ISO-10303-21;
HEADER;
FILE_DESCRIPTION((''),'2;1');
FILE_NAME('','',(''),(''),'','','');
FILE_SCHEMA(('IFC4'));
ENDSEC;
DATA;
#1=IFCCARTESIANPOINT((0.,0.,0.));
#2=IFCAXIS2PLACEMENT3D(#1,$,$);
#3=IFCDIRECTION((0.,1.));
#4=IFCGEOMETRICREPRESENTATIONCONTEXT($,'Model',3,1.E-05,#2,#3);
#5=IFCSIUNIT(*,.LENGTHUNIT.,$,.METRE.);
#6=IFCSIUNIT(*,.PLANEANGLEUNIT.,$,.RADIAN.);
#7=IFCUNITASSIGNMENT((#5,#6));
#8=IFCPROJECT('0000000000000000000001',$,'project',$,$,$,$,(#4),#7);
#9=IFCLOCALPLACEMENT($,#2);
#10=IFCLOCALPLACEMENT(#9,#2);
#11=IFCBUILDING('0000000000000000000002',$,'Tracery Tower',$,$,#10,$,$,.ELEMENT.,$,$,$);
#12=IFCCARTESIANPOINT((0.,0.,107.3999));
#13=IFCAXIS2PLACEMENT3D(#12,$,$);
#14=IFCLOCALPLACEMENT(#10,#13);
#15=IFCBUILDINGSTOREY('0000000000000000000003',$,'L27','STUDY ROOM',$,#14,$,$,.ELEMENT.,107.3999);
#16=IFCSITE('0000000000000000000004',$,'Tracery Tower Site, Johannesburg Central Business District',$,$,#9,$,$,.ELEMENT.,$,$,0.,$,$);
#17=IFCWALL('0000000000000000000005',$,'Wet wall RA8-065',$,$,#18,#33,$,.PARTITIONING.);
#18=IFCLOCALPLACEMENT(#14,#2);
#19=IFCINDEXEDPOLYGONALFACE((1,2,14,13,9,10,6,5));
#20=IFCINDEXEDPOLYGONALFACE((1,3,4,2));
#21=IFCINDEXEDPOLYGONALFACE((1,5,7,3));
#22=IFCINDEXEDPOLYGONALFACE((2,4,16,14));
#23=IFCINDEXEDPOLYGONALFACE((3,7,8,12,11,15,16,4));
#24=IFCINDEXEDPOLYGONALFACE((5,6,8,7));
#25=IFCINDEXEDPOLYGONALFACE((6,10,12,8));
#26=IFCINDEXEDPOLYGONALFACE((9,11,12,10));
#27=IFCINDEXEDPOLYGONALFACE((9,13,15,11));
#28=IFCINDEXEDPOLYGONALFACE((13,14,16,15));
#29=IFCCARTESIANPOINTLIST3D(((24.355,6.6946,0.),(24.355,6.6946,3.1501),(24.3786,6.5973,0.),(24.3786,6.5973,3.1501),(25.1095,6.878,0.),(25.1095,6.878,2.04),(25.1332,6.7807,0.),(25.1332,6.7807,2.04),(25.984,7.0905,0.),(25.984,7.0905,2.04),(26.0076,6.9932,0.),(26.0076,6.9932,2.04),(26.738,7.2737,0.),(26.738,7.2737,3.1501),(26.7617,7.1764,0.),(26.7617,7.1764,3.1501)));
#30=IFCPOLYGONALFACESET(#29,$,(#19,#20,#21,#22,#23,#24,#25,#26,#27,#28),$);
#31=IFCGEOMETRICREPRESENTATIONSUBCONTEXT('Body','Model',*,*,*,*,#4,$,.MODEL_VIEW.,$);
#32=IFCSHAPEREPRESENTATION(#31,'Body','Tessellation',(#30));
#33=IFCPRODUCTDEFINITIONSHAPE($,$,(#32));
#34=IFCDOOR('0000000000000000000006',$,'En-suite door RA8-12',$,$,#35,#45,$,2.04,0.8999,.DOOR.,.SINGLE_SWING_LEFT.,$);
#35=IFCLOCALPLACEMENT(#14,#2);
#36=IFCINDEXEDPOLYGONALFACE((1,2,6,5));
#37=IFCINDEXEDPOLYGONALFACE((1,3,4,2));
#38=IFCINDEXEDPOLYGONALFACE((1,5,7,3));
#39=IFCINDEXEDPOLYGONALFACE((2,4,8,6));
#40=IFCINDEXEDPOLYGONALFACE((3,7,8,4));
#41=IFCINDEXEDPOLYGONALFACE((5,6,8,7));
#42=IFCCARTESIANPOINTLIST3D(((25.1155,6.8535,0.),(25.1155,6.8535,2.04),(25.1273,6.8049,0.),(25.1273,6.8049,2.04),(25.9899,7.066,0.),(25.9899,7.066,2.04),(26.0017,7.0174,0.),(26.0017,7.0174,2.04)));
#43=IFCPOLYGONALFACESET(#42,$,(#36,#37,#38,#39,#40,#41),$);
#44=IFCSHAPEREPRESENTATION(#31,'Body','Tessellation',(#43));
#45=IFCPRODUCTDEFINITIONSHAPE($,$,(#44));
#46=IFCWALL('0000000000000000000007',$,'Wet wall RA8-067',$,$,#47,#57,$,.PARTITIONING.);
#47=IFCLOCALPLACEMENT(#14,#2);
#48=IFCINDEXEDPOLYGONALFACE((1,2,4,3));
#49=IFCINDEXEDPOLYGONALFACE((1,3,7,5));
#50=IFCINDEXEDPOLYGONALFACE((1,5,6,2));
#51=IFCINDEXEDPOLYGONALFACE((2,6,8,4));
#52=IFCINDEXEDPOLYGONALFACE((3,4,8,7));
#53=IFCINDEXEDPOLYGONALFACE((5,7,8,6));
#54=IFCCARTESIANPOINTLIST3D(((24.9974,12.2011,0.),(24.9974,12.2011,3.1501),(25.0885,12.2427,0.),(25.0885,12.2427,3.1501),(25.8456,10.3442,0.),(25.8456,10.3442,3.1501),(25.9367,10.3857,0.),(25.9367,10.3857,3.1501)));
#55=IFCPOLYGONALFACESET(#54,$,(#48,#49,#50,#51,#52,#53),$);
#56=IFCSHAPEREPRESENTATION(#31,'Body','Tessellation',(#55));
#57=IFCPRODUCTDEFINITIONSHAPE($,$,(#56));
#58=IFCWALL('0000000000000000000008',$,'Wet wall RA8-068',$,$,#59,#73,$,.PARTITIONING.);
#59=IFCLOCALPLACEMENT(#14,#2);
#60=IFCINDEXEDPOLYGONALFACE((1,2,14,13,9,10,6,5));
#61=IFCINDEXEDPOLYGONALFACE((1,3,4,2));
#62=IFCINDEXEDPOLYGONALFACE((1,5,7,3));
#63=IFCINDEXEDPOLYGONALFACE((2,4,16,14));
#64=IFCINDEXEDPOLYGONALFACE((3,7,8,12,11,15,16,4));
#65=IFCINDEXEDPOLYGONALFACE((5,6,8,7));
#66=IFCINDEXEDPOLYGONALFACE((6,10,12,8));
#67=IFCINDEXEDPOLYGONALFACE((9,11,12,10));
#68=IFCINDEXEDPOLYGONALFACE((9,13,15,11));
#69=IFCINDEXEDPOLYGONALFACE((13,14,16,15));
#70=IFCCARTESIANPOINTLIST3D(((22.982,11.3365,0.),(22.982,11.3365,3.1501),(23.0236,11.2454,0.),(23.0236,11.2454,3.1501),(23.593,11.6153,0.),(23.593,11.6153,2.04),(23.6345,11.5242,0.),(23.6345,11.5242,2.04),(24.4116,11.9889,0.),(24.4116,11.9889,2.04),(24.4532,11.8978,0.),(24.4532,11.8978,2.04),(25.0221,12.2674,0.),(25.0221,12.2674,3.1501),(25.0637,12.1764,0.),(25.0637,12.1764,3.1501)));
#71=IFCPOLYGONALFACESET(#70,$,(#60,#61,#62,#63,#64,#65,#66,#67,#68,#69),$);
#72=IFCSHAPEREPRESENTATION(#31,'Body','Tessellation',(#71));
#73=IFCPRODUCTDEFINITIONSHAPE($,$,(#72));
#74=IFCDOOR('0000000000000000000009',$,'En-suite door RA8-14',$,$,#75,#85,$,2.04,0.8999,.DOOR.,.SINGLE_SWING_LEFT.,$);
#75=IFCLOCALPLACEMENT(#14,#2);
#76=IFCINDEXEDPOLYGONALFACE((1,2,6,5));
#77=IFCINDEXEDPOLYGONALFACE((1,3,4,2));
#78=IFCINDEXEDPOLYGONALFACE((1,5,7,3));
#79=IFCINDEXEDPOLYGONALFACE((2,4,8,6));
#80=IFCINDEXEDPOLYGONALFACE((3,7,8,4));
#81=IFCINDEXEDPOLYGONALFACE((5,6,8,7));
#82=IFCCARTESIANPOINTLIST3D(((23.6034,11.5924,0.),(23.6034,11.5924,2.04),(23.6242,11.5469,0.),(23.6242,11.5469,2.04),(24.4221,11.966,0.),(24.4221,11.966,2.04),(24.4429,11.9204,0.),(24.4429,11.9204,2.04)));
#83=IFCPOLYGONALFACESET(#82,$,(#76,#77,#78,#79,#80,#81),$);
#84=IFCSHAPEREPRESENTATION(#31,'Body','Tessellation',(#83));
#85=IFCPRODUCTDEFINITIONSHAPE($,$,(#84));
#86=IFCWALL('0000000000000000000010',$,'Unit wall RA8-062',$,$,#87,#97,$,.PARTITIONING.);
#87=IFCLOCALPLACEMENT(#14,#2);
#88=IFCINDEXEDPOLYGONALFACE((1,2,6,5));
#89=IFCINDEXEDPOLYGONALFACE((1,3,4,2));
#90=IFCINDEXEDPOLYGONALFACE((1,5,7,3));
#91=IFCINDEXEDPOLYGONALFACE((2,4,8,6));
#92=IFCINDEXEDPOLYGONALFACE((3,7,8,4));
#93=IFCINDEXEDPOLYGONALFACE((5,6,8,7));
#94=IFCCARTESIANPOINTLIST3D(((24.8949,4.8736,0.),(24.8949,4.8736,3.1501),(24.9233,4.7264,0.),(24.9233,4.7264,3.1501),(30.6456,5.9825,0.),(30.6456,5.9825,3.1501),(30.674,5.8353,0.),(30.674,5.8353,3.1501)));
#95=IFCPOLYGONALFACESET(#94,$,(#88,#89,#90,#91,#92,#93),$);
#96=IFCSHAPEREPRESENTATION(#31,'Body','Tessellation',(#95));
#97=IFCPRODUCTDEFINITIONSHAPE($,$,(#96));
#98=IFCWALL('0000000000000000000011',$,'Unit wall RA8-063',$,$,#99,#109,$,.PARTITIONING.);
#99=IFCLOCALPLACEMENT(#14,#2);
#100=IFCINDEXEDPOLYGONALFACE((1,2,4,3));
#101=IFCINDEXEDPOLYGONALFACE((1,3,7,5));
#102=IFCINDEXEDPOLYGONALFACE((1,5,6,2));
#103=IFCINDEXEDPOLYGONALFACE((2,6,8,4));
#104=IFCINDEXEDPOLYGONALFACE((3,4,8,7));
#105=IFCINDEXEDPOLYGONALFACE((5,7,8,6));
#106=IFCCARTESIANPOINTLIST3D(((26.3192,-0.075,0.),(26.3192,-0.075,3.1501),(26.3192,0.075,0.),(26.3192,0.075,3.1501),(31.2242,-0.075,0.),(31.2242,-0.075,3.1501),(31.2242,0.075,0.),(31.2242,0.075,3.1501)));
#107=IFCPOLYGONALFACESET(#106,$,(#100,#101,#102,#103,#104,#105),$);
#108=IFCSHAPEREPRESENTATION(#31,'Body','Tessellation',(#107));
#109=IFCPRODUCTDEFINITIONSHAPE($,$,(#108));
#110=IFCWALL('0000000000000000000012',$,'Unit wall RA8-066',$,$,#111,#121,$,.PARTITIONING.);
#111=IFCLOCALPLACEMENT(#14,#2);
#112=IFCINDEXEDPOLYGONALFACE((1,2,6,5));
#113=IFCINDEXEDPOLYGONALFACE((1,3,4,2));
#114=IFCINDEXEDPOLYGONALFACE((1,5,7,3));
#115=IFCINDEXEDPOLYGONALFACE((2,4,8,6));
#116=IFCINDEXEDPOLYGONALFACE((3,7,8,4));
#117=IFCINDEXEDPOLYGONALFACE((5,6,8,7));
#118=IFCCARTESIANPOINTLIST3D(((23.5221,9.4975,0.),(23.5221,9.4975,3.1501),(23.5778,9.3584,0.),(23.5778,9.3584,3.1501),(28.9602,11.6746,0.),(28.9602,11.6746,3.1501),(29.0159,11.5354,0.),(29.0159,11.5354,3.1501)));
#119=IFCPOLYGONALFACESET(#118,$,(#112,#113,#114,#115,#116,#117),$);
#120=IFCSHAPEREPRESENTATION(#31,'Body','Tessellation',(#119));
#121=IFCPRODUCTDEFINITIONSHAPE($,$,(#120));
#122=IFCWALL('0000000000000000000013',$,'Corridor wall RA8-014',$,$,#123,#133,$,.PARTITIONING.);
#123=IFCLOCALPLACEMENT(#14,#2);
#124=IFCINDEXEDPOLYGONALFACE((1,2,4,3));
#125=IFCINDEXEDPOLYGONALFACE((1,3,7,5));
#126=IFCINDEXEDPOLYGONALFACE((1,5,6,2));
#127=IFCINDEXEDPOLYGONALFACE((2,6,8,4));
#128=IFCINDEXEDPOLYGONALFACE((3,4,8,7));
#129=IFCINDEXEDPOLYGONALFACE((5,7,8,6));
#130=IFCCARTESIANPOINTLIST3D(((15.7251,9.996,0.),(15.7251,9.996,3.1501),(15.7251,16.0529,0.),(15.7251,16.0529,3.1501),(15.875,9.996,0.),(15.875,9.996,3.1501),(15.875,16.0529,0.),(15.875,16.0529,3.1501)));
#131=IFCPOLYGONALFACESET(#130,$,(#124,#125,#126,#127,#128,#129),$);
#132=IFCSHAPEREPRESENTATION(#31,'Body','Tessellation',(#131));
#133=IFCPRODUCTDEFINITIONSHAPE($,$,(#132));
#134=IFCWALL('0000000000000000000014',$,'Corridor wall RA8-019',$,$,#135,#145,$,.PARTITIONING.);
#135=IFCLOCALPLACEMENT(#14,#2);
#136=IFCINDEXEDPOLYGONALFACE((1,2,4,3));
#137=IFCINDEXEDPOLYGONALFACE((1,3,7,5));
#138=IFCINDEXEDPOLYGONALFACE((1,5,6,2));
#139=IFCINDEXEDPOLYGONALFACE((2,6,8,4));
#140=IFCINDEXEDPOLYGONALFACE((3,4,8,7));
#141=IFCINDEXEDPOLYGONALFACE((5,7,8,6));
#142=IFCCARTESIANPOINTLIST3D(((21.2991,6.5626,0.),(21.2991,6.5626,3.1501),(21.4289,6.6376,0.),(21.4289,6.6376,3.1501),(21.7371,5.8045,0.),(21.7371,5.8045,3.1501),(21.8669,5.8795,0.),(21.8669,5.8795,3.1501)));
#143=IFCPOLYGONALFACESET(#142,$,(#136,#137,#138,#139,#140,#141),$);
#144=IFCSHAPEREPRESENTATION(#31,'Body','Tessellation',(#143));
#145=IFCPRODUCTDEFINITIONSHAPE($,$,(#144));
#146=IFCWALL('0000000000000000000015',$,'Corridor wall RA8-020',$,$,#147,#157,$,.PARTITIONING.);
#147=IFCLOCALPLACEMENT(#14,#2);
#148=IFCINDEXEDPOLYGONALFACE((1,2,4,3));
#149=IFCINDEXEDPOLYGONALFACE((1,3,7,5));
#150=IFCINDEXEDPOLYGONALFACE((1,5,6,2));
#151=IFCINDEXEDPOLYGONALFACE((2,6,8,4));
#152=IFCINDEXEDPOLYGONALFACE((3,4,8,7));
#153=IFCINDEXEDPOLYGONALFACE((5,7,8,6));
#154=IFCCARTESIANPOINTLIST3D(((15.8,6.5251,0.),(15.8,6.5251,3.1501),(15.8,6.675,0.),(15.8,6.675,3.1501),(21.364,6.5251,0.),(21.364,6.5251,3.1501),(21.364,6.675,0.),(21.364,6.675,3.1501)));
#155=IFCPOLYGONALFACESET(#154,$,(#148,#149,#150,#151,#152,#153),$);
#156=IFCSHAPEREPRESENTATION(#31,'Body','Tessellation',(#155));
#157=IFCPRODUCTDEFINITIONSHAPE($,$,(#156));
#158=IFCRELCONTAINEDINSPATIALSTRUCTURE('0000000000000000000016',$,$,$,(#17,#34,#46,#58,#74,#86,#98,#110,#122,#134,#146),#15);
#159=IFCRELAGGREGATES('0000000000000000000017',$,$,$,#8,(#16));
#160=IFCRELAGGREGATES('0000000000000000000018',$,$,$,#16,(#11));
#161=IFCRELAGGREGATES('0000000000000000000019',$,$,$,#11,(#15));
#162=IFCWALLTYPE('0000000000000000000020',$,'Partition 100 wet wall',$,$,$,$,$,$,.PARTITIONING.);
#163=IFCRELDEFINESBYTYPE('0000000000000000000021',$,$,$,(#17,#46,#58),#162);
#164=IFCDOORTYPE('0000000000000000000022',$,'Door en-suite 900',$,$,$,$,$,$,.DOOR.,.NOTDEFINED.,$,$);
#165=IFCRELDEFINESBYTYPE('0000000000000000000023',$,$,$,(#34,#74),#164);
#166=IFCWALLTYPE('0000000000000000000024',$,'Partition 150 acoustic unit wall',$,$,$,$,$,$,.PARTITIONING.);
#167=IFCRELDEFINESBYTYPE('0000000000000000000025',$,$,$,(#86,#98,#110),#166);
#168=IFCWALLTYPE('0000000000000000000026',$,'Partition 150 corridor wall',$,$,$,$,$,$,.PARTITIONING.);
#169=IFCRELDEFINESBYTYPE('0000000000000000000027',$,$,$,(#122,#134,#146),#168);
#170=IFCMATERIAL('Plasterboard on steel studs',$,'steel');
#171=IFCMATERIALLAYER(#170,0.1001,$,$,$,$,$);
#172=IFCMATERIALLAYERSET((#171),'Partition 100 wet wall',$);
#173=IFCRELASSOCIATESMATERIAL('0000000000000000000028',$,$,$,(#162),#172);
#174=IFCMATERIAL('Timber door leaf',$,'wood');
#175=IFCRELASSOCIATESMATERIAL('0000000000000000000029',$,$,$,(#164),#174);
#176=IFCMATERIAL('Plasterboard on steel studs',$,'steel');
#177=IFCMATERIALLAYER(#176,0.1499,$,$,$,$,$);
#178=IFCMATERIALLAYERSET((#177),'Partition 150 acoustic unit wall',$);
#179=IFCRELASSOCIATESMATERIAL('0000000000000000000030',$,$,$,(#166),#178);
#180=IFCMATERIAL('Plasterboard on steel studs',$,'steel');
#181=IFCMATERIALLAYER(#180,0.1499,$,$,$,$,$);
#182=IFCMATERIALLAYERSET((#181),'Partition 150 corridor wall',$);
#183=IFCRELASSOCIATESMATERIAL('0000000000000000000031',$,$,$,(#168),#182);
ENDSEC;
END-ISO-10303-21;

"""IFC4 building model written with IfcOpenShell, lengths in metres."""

from ifc_helpers import new_model, si_unit, direction, frame, frame_2d, origin, place, context, subcontext, project, spatial, rectangle, extrude, material, layer, layer_set, type_object, element, fill, save


model = new_model("IFC4")

# Units and contexts
model_context = context("Model", 3, precision=1e-05, world=origin(), true_north=direction((0.0, 1.0)))
body_context = subcontext(model_context, "Body", "Model", "MODEL_VIEW")
ifc_project = project(units=[si_unit("LENGTHUNIT", "METRE"), si_unit("PLANEANGLEUNIT", "RADIAN")], contexts=[model_context])

# Site, building, storey
site_placement = place(None, origin())
site = spatial("IfcSite", under=ifc_project, at=site_placement, Name="Tracery Tower Site, Johannesburg Central Business District", CompositionType="ELEMENT", RefElevation=0.0)
building_placement = place(site_placement, origin())
building = spatial("IfcBuilding", under=site, at=building_placement, Name="Tracery Tower", CompositionType="ELEMENT")
storey_placement = place(building_placement, frame((0.0, 0.0, 107.3999)))
storey = spatial("IfcBuildingStorey", under=building, at=storey_placement, Name="L27", Description="STUDY ROOM", CompositionType="ELEMENT", Elevation=107.3999)

# Shared definitions
ifc_material_1 = material(Name="Plasterboard on steel studs", Category="steel")
ifc_layer_1 = layer(ifc_material_1, 0.1001)
ifc_layer_set_1 = layer_set([ifc_layer_1], Name="Partition 100 wet wall")
wall_type_1 = type_object("IfcWallType", Name="Partition 100 wet wall", PredefinedType="PARTITIONING", material=ifc_layer_set_1)

# Shared definitions
ifc_material_2 = material(Name="Timber door leaf", Category="wood")
door_type = type_object("IfcDoorType", Name="Door en-suite 900", OperationType="NOTDEFINED", PredefinedType="DOOR", material=ifc_material_2)

# Wall, opening, door
wall_1_placement = place(storey_placement, frame((24.3669, 6.646, 0.0), z_axis=(0.0, 0.0, 1.0), x_axis=(0.97172, 0.236136, 0.0)))
wall_1 = element("IfcWall", 1, at=wall_1_placement, inside=storey, type_object=wall_type_1, Name="Wet wall RA8-065", PredefinedType="PARTITIONING", context=body_context, shape_type="SweptSolid", body=[
    extrude(rectangle(XDim=2.4524, YDim=0.1001, at=frame_2d((1.2261, 0.0))), origin(), (0.0, 0.0, 1.0), 3.1501),
])
opening_1_placement = place(wall_1_placement, frame((0.7764, 0.0, 0.0)))
opening_1 = element("IfcOpeningElement", 2, at=opening_1_placement, cuts=wall_1, PredefinedType="OPENING", context=body_context, shape_type="SweptSolid", body=[
    extrude(rectangle(XDim=0.8999, YDim=2.04, at=frame_2d((0.45, 1.02))), frame((0.0, 0.05, 0.0), z_axis=(0.0, -1.0, 0.0), x_axis=(1.0, 0.0, 0.0)), (0.0, 0.0, 1.0), 0.1001),
])
door_1_placement = place(opening_1_placement, origin())
door_1 = element("IfcDoor", 3, at=door_1_placement, inside=storey, type_object=door_type, Name="En-suite door RA8-12", OperationType="SINGLE_SWING_LEFT", OverallHeight=2.04, OverallWidth=0.8999, PredefinedType="DOOR", context=body_context, shape_type="SweptSolid", body=[
    extrude(rectangle(XDim=0.8999, YDim=2.04, at=frame_2d((0.45, 1.02))), frame((0.0, 0.0249, 0.0), z_axis=(0.0, -1.0, 0.0), x_axis=(1.0, 0.0, 0.0)), (0.0, 0.0, 1.0), 0.05),
])
fill(opening_1, door_1)

# Wall
wall_2_placement = place(storey_placement, frame((25.043, 12.2219, 0.0), z_axis=(0.0, 0.0, 1.0), x_axis=(0.41546, -0.909611, 0.0)))
element("IfcWall", 4, at=wall_2_placement, inside=storey, type_object=wall_type_1, Name="Wet wall RA8-067", PredefinedType="PARTITIONING", context=body_context, shape_type="SweptSolid", body=[
    extrude(rectangle(XDim=2.0415, YDim=0.1001, at=frame_2d((1.0208, 0.0))), origin(), (0.0, 0.0, 1.0), 3.1501),
])

# Wall, opening, door
wall_3_placement = place(storey_placement, frame((23.0029, 11.291, 0.0), z_axis=(0.0, 0.0, 1.0), x_axis=(0.909758, 0.41514, 0.0)))
wall_3 = element("IfcWall", 5, at=wall_3_placement, inside=storey, type_object=wall_type_1, Name="Wet wall RA8-068", PredefinedType="PARTITIONING", context=body_context, shape_type="SweptSolid", body=[
    extrude(rectangle(XDim=2.2424, YDim=0.1001, at=frame_2d((1.1211, 0.0))), origin(), (0.0, 0.0, 1.0), 3.1501),
])
opening_2_placement = place(wall_3_placement, frame((0.6714, 0.0, 0.0)))
opening_2 = element("IfcOpeningElement", 6, at=opening_2_placement, cuts=wall_3, PredefinedType="OPENING", context=body_context, shape_type="SweptSolid", body=[
    extrude(rectangle(XDim=0.8999, YDim=2.04, at=frame_2d((0.45, 1.02))), frame((0.0, 0.05, 0.0), z_axis=(0.0, -1.0, 0.0), x_axis=(1.0, 0.0, 0.0)), (0.0, 0.0, 1.0), 0.1001),
])
door_2_placement = place(opening_2_placement, origin())
door_2 = element("IfcDoor", 7, at=door_2_placement, inside=storey, type_object=door_type, Name="En-suite door RA8-14", OperationType="SINGLE_SWING_LEFT", OverallHeight=2.04, OverallWidth=0.8999, PredefinedType="DOOR", context=body_context, shape_type="SweptSolid", body=[
    extrude(rectangle(XDim=0.8999, YDim=2.04, at=frame_2d((0.45, 1.02))), frame((0.0, 0.0249, 0.0), z_axis=(0.0, -1.0, 0.0), x_axis=(1.0, 0.0, 0.0)), (0.0, 0.0, 1.0), 0.05),
])
fill(opening_2, door_2)

# Walls
ifc_material_3 = material(Name="Plasterboard on steel studs", Category="steel")
ifc_layer_2 = layer(ifc_material_3, 0.1499)
ifc_layer_set_2 = layer_set([ifc_layer_2], Name="Partition 150 acoustic unit wall")
wall_type_2 = type_object("IfcWallType", Name="Partition 150 acoustic unit wall", PredefinedType="PARTITIONING", material=ifc_layer_set_2)
wall_4_placement = place(storey_placement, frame((24.9092, 4.8, 0.0), z_axis=(0.0, 0.0, 1.0), x_axis=(0.981912, 0.189337, 0.0)))
element("IfcWall", 8, at=wall_4_placement, inside=storey, type_object=wall_type_2, Name="Unit wall RA8-062", PredefinedType="PARTITIONING", context=body_context, shape_type="SweptSolid", body=[
    extrude(rectangle(XDim=5.8567, YDim=0.1499, at=frame_2d((2.9282, 0.0))), origin(), (0.0, 0.0, 1.0), 3.1501),
])
wall_5_placement = place(storey_placement, frame((26.3191, 0.0, 0.0), z_axis=(0.0, 0.0, 1.0), x_axis=(1.0, 0.0, 0.0)))
element("IfcWall", 9, at=wall_5_placement, inside=storey, type_object=wall_type_2, Name="Unit wall RA8-063", PredefinedType="PARTITIONING", context=body_context, shape_type="SweptSolid", body=[
    extrude(rectangle(XDim=4.905, YDim=0.1499, at=frame_2d((2.4526, 0.0))), origin(), (0.0, 0.0, 1.0), 3.1501),
])
wall_6_placement = place(storey_placement, frame((23.55, 9.428, 0.0), z_axis=(0.0, 0.0, 1.0), x_axis=(0.92837, 0.371657, 0.0)))
element("IfcWall", 10, at=wall_6_placement, inside=storey, type_object=wall_type_2, Name="Unit wall RA8-066", PredefinedType="PARTITIONING", context=body_context, shape_type="SweptSolid", body=[
    extrude(rectangle(XDim=5.8577, YDim=0.1499, at=frame_2d((2.9287, 0.0))), origin(), (0.0, 0.0, 1.0), 3.1501),
])
ifc_material_4 = material(Name="Plasterboard on steel studs", Category="steel")
ifc_layer_3 = layer(ifc_material_4, 0.1499)
ifc_layer_set_3 = layer_set([ifc_layer_3], Name="Partition 150 corridor wall")
wall_type_3 = type_object("IfcWallType", Name="Partition 150 corridor wall", PredefinedType="PARTITIONING", material=ifc_layer_set_3)
wall_7_placement = place(storey_placement, frame((15.8, 9.9961, 0.0), z_axis=(0.0, 0.0, 1.0), x_axis=(0.0, 1.0, 0.0)))
element("IfcWall", 11, at=wall_7_placement, inside=storey, type_object=wall_type_3, Name="Corridor wall RA8-014", PredefinedType="PARTITIONING", context=body_context, shape_type="SweptSolid", body=[
    extrude(rectangle(XDim=6.0569, YDim=0.1499, at=frame_2d((3.0283, 0.0))), origin(), (0.0, 0.0, 1.0), 3.1501),
])
wall_8_placement = place(storey_placement, frame((21.364, 6.6001, 0.0), z_axis=(0.0, 0.0, 1.0), x_axis=(0.500278, -0.865865, 0.0)))
element("IfcWall", 12, at=wall_8_placement, inside=storey, type_object=wall_type_3, Name="Corridor wall RA8-019", PredefinedType="PARTITIONING", context=body_context, shape_type="SweptSolid", body=[
    extrude(rectangle(XDim=0.8755, YDim=0.1499, at=frame_2d((0.4377, 0.0))), origin(), (0.0, 0.0, 1.0), 3.1501),
])
wall_9_placement = place(storey_placement, frame((15.8, 6.6001, 0.0), z_axis=(0.0, 0.0, 1.0), x_axis=(1.0, 0.0, 0.0)))
element("IfcWall", 13, at=wall_9_placement, inside=storey, type_object=wall_type_3, Name="Corridor wall RA8-020", PredefinedType="PARTITIONING", context=body_context, shape_type="SweptSolid", body=[
    extrude(rectangle(XDim=5.564, YDim=0.1499, at=frame_2d((2.782, 0.0))), origin(), (0.0, 0.0, 1.0), 3.1501),
])

save(model, "model.ifc")
